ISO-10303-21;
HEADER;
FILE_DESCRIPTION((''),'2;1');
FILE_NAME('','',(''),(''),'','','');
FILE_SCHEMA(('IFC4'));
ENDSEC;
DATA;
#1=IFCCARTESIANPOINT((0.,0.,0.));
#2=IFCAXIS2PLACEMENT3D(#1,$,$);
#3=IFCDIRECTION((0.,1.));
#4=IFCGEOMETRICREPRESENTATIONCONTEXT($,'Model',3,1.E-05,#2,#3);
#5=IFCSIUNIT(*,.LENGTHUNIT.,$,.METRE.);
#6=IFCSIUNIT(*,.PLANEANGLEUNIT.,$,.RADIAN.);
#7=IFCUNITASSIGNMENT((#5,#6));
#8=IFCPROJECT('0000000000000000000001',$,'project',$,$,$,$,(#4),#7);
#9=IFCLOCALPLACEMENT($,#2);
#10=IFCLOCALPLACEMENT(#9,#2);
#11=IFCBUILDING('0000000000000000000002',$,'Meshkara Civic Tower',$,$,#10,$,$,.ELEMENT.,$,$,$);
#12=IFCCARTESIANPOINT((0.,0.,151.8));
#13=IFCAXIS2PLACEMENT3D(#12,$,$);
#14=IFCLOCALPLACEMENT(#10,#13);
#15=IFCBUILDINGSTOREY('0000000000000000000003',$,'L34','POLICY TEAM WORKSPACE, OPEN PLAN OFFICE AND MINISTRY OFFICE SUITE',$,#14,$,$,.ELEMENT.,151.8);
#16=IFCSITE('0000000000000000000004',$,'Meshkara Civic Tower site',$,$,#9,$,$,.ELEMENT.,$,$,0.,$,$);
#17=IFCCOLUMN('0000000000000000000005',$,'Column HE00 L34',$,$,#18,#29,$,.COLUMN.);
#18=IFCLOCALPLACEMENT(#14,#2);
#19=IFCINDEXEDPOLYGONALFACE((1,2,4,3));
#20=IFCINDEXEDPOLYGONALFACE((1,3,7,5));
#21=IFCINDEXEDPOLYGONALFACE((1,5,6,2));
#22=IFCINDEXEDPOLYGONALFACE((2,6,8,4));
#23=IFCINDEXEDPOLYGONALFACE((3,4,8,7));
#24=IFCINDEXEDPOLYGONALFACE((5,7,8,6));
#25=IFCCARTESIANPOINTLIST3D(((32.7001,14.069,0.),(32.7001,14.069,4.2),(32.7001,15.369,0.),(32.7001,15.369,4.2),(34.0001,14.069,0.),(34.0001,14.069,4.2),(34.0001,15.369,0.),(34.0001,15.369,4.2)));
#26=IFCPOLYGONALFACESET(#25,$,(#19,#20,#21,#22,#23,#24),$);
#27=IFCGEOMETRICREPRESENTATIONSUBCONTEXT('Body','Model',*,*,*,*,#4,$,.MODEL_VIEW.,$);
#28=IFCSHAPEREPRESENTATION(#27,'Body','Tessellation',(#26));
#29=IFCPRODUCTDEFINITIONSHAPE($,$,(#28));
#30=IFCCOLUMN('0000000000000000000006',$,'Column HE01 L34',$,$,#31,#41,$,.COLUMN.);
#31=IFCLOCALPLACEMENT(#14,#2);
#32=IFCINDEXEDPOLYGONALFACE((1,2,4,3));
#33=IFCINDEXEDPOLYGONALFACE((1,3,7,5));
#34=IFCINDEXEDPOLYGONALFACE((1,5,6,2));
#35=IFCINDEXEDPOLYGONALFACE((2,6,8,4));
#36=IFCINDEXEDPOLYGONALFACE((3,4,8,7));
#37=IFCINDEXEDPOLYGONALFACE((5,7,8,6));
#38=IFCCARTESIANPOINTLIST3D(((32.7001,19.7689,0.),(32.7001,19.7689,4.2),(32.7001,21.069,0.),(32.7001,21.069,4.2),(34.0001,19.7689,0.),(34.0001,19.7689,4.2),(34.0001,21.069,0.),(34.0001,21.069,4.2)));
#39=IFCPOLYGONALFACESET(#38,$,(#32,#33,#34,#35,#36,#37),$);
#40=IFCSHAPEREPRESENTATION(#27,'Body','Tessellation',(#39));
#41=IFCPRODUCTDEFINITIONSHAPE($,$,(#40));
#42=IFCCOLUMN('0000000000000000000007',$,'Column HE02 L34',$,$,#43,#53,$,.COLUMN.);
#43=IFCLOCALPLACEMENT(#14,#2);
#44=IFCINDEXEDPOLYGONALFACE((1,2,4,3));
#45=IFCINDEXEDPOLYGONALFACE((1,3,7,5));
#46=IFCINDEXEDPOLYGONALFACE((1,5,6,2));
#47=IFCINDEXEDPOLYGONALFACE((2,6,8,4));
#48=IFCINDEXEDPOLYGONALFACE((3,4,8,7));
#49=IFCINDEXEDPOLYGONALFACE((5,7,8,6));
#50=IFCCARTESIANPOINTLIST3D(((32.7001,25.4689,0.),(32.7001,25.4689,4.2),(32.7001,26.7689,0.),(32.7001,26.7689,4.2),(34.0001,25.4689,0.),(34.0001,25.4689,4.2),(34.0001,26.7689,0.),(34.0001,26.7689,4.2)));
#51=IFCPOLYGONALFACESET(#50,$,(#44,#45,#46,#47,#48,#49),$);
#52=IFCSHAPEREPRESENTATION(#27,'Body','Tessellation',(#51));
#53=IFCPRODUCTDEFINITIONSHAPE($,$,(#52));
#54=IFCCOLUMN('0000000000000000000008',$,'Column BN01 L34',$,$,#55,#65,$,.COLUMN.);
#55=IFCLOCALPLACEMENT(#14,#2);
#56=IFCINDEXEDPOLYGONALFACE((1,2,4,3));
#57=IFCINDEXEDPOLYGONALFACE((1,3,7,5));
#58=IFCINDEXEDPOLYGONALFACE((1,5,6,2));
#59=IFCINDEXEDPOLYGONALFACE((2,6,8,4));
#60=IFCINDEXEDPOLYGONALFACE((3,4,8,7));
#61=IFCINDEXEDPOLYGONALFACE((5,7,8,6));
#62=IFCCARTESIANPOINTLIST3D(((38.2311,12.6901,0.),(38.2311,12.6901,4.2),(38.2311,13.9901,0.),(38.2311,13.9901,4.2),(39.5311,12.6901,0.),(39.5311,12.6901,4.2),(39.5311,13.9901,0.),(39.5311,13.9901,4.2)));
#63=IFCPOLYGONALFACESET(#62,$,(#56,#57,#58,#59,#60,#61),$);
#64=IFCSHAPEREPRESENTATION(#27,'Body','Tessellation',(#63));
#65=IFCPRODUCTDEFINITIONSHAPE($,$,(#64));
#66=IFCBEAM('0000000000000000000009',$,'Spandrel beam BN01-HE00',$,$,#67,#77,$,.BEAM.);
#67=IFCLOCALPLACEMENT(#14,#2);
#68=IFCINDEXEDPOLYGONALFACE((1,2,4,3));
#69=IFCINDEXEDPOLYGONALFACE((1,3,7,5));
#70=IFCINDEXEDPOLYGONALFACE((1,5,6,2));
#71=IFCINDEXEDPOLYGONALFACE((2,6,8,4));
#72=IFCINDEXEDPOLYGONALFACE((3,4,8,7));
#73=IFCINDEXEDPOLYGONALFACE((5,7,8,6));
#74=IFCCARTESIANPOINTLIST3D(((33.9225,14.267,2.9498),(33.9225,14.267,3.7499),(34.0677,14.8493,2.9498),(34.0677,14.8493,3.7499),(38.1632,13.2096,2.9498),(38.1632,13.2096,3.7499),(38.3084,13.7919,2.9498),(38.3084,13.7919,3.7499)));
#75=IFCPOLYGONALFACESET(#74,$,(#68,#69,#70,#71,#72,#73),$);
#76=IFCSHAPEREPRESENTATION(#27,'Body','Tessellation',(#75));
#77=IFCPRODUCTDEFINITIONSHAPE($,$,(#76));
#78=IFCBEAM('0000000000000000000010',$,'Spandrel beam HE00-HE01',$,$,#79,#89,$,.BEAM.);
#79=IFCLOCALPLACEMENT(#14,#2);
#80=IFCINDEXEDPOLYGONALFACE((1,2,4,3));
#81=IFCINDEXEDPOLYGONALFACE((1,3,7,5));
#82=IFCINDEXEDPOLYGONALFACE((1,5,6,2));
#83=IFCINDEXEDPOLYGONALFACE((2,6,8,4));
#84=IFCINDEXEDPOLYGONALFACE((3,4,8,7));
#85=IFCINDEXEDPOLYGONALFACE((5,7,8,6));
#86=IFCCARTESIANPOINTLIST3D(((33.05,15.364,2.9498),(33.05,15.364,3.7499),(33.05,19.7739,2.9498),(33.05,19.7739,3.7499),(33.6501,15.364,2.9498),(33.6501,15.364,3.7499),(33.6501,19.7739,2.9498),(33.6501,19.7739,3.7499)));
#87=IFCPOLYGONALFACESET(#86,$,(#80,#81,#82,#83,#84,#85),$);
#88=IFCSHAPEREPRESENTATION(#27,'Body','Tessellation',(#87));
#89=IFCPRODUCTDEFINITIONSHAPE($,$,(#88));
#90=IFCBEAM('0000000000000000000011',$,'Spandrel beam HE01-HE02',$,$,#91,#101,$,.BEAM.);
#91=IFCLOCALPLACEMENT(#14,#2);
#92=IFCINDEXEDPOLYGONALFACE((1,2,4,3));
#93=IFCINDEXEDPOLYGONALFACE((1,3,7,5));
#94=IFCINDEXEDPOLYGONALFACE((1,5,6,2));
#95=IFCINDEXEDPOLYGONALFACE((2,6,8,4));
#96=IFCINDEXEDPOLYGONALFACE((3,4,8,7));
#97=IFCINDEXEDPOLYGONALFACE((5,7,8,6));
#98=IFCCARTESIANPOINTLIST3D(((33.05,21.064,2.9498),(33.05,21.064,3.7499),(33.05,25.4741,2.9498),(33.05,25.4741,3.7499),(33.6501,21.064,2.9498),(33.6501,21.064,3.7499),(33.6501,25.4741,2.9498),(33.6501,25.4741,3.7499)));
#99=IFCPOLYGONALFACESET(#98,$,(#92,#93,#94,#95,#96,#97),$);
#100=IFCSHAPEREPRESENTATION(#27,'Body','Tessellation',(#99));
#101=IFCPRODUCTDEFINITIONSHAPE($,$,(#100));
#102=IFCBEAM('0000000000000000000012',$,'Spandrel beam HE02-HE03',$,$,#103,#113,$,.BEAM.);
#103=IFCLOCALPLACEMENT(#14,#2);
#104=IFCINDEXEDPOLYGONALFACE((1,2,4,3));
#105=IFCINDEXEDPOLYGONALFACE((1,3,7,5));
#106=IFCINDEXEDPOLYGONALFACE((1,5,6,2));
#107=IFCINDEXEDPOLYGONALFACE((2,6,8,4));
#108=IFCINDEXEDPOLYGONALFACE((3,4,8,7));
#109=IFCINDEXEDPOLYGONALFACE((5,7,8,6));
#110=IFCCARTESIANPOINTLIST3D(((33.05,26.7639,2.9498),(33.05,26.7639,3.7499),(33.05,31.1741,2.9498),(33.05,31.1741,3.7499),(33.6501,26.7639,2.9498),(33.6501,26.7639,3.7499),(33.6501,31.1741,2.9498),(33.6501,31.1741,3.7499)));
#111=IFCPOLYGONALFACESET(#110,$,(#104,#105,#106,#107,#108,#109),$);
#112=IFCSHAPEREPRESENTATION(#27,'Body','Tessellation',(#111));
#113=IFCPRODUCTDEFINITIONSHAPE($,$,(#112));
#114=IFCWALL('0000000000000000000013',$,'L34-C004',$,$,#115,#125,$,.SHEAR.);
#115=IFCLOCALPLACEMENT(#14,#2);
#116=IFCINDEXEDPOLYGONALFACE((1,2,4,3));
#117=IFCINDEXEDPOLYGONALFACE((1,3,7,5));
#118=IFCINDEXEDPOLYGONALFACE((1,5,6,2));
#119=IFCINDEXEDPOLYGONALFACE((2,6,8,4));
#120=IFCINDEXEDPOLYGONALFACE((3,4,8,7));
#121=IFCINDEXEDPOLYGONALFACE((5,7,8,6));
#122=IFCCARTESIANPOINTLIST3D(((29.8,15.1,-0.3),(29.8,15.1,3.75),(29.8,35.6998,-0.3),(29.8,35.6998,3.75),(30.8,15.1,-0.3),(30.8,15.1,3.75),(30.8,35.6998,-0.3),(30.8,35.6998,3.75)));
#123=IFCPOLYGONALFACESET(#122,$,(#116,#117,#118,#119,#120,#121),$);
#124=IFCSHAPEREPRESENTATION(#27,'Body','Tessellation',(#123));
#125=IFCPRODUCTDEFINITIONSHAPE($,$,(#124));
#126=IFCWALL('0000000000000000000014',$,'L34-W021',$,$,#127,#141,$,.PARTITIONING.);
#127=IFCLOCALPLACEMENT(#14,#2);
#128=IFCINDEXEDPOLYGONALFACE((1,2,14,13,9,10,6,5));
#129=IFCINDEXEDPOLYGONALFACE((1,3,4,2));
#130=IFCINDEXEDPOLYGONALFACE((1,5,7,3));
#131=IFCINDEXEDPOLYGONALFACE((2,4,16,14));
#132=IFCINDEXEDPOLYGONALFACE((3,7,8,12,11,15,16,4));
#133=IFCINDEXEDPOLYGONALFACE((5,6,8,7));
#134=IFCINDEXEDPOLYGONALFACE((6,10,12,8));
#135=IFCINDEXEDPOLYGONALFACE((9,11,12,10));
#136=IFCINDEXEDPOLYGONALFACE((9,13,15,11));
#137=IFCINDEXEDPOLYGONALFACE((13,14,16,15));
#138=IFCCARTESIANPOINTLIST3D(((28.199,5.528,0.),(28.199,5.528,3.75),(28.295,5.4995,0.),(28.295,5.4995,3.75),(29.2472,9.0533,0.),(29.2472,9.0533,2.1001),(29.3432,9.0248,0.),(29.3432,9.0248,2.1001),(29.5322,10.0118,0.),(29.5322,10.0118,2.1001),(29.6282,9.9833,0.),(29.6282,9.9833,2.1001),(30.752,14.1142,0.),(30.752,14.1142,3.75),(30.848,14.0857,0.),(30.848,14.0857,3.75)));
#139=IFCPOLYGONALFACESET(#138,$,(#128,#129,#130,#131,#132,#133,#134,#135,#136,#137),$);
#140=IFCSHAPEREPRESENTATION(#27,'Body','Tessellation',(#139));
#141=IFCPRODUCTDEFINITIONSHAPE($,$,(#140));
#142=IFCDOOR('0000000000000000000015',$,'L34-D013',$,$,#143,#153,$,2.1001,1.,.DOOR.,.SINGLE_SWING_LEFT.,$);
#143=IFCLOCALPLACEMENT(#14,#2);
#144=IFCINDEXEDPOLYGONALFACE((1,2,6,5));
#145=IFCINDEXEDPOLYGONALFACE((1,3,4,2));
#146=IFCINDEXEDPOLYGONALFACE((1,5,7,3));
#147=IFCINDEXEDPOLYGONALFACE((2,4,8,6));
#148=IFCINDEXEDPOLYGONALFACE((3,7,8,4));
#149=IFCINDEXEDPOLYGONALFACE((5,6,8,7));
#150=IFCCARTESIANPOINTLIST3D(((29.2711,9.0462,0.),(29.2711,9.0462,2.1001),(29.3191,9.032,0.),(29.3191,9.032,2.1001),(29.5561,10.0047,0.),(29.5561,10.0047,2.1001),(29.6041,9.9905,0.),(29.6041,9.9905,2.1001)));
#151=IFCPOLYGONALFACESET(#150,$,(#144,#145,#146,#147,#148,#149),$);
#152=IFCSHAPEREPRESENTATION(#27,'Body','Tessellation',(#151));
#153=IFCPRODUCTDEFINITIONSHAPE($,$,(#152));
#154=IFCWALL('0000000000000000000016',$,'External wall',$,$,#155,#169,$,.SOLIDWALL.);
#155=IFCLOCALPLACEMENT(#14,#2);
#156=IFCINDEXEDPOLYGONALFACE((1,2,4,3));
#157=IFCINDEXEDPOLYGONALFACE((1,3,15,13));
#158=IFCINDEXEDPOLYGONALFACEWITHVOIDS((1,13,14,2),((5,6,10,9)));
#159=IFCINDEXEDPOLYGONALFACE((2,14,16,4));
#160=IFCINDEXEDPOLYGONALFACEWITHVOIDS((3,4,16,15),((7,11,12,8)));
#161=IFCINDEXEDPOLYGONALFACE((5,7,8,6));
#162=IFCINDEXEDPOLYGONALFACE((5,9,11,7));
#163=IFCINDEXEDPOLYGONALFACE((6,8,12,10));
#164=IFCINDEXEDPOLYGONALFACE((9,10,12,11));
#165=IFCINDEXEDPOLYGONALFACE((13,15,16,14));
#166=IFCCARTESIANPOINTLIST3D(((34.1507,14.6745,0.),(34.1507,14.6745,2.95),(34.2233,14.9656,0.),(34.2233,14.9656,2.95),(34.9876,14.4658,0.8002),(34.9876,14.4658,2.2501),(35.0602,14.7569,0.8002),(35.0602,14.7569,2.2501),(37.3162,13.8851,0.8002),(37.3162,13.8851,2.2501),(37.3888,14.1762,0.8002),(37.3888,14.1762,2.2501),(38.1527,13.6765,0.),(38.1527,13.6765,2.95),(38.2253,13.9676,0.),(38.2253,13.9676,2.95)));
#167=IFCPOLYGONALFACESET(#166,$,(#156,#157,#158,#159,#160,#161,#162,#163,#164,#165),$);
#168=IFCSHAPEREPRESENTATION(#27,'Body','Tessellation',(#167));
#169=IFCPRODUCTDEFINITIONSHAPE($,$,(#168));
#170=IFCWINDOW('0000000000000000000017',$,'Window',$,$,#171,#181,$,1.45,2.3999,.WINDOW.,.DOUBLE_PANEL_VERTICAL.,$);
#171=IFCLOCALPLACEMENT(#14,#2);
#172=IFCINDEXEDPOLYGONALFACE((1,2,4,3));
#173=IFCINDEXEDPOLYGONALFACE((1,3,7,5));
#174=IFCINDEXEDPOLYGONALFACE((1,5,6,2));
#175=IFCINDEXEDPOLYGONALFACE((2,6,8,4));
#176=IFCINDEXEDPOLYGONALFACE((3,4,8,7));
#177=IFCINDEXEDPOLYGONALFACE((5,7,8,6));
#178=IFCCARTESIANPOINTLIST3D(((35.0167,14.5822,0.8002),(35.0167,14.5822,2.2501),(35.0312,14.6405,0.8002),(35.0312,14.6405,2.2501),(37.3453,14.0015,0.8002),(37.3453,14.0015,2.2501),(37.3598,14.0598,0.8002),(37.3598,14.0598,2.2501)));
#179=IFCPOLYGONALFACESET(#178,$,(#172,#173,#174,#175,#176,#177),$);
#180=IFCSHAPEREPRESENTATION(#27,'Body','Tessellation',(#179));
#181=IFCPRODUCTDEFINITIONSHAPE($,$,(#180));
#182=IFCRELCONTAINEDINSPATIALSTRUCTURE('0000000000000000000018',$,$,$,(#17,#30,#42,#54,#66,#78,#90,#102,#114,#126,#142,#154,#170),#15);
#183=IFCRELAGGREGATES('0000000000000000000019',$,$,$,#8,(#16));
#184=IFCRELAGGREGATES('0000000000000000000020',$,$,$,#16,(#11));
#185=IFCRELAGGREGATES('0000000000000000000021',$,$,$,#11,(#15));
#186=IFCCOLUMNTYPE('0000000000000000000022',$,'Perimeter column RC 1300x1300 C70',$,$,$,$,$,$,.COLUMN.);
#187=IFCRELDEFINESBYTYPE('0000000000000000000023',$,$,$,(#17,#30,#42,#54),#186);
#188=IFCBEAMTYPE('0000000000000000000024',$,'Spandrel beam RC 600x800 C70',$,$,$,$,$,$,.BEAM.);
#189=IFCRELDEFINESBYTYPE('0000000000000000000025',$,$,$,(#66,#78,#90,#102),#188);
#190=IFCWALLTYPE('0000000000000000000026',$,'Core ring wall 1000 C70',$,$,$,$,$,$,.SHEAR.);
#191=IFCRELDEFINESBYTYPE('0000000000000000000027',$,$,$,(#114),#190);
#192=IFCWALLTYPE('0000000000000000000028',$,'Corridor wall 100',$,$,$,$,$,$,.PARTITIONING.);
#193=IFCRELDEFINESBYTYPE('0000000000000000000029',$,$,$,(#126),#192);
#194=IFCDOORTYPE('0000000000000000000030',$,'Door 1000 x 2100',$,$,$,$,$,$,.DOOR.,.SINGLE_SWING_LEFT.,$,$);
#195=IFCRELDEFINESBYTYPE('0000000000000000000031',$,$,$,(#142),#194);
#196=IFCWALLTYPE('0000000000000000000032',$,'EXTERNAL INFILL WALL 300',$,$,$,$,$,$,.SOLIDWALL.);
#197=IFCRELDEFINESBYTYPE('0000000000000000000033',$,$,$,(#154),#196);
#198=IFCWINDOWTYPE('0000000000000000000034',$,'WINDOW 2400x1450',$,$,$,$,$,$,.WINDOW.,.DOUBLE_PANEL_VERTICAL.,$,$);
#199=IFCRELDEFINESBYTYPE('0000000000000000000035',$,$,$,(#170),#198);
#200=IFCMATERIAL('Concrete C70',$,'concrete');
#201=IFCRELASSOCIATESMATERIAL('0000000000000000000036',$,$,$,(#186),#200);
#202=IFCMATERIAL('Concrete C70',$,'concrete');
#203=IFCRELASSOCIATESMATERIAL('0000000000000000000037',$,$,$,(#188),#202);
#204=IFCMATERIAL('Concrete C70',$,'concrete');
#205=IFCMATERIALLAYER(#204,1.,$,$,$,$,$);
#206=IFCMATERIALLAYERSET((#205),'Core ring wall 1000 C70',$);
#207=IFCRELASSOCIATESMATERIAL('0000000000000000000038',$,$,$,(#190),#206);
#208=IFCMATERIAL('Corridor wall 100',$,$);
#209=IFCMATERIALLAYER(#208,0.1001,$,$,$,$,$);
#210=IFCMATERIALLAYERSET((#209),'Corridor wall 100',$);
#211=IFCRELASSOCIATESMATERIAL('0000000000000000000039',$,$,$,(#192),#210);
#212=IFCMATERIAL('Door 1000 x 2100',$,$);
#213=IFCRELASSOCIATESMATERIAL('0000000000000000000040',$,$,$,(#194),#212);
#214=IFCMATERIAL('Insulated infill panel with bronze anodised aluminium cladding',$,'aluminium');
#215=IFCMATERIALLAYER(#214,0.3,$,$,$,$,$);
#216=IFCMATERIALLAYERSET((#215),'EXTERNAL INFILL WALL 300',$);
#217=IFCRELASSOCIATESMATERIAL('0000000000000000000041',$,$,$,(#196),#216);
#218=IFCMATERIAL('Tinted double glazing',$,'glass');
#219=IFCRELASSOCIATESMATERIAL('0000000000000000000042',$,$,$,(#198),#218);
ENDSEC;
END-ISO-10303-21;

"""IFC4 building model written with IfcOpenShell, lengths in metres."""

from ifc_helpers import new_model, si_unit, direction, frame, frame_2d, origin, origin_2d, place, context, subcontext, project, spatial, rectangle, extrude, material, layer, layer_set, material_profile, profile_set, type_object, element, fill, save


model = new_model("IFC4")

# Units and contexts
model_context = context("Model", 3, precision=1e-05, world=origin(), true_north=direction((0.0, 1.0)))
body_context = subcontext(model_context, "Body", "Model", "MODEL_VIEW")
ifc_project = project(units=[si_unit("LENGTHUNIT", "METRE"), si_unit("PLANEANGLEUNIT", "RADIAN")], contexts=[model_context])

# Site, building, storey
site_placement = place(None, origin())
site = spatial("IfcSite", under=ifc_project, at=site_placement, Name="Meshkara Civic Tower site", CompositionType="ELEMENT", RefElevation=0.0)
building_placement = place(site_placement, origin())
building = spatial("IfcBuilding", under=site, at=building_placement, Name="Meshkara Civic Tower", CompositionType="ELEMENT")
storey_placement = place(building_placement, frame((0.0, 0.0, 151.8)))
storey = spatial("IfcBuildingStorey", under=building, at=storey_placement, Name="L34", Description="POLICY TEAM WORKSPACE, OPEN PLAN OFFICE AND MINISTRY OFFICE SUITE", CompositionType="ELEMENT", Elevation=151.8)

# Columns
ifc_material_1 = material(Name="Concrete C70", Category="concrete")
ifc_material_profile_1 = material_profile(ifc_material_1, rectangle(XDim=1.3, YDim=1.3, at=origin_2d()))
ifc_profile_set_1 = profile_set([ifc_material_profile_1], Name="Concrete C70")
column_type = type_object("IfcColumnType", Name="Perimeter column RC 1300x1300 C70", PredefinedType="COLUMN", material=ifc_profile_set_1)
for number, where, z_axis, x_axis, name in (
    (1, (33.3501, 14.719, 0.0), (0.0, 0.0, 1.0), (1.0, 0.0, 0.0), "Column HE00 L34"),
    (2, (33.3501, 20.4189, 0.0), (0.0, 0.0, 1.0), (1.0, 0.0, 0.0), "Column HE01 L34"),
    (3, (33.3501, 26.1189, 0.0), (0.0, 0.0, 1.0), (1.0, 0.0, 0.0), "Column HE02 L34"),
    (4, (38.8811, 13.3401, 0.0), (0.0, 0.0, 1.0), (1.0, 0.0, 0.0), "Column BN01 L34"),
):
    element("IfcColumn", number, at=place(storey_placement, frame(where, z_axis=z_axis, x_axis=x_axis)), inside=storey, type_object=column_type, Name=name, PredefinedType="COLUMN", context=body_context, shape_type="SweptSolid", body=[
        extrude(rectangle(XDim=1.3, YDim=1.3, at=origin_2d()), origin(), (0.0, 0.0, 1.0), 4.2),
    ])

# Beams
ifc_material_2 = material(Name="Concrete C70", Category="concrete")
ifc_material_profile_2 = material_profile(ifc_material_2, rectangle(XDim=0.6001, YDim=0.8, at=origin_2d()))
ifc_profile_set_2 = profile_set([ifc_material_profile_2], Name="Concrete C70")
beam_type = type_object("IfcBeamType", Name="Spandrel beam RC 600x800 C70", PredefinedType="BEAM", material=ifc_profile_set_2)
beam_1_placement = place(storey_placement, frame((38.2358, 13.5007, 3.3499), z_axis=(-0.970293, 0.241931, 0.0), x_axis=(-0.241931, -0.970293, 0.0)))
element("IfcBeam", 5, at=beam_1_placement, inside=storey, type_object=beam_type, Name="Spandrel beam BN01-HE00", PredefinedType="BEAM", context=body_context, shape_type="SweptSolid", body=[
    extrude(rectangle(XDim=0.6001, YDim=0.8, at=origin_2d()), origin(), (0.0, 0.0, 1.0), 4.3706),
])
beam_2_placement = place(storey_placement, frame((33.3501, 15.364, 3.3499), z_axis=(0.0, 1.0, 0.0), x_axis=(-1.0, 0.0, 0.0)))
element("IfcBeam", 6, at=beam_2_placement, inside=storey, type_object=beam_type, Name="Spandrel beam HE00-HE01", PredefinedType="BEAM", context=body_context, shape_type="SweptSolid", body=[
    extrude(rectangle(XDim=0.6001, YDim=0.8, at=origin_2d()), origin(), (0.0, 0.0, 1.0), 4.4099),
])
for number, where, z_axis, x_axis, name in (
    (7, (33.3501, 21.064, 3.3499), (0.0, 1.0, 0.0), (-1.0, 0.0, 0.0), "Spandrel beam HE01-HE02"),
    (8, (33.3501, 26.7639, 3.3499), (0.0, 1.0, 0.0), (-1.0, 0.0, 0.0), "Spandrel beam HE02-HE03"),
):
    element("IfcBeam", number, at=place(storey_placement, frame(where, z_axis=z_axis, x_axis=x_axis)), inside=storey, type_object=beam_type, Name=name, PredefinedType="BEAM", context=body_context, shape_type="SweptSolid", body=[
        extrude(rectangle(XDim=0.6001, YDim=0.8, at=origin_2d()), origin(), (0.0, 0.0, 1.0), 4.4102),
    ])

# Wall
ifc_material_3 = material(Name="Concrete C70", Category="concrete")
ifc_layer_1 = layer(ifc_material_3, 1.0)
ifc_layer_set_1 = layer_set([ifc_layer_1], Name="Core ring wall 1000 C70")
wall_type_1 = type_object("IfcWallType", Name="Core ring wall 1000 C70", PredefinedType="SHEAR", material=ifc_layer_set_1)
wall_1_placement = place(storey_placement, frame((30.3, 15.1001, -0.3), z_axis=(0.0, 0.0, 1.0), x_axis=(0.0, 1.0, 0.0)))
element("IfcWall", 9, at=wall_1_placement, inside=storey, type_object=wall_type_1, Name="L34-C004", PredefinedType="SHEAR", context=body_context, shape_type="SweptSolid", body=[
    extrude(rectangle(XDim=20.5999, YDim=1.0, at=frame_2d((10.2998, 0.0))), origin(), (0.0, 0.0, 1.0), 4.05),
])

# Wall, opening, door
ifc_material_4 = material(Name="Corridor wall 100")
ifc_layer_2 = layer(ifc_material_4, 0.1001)
ifc_layer_set_2 = layer_set([ifc_layer_2], Name="Corridor wall 100")
wall_type_2 = type_object("IfcWallType", Name="Corridor wall 100", PredefinedType="PARTITIONING", material=ifc_layer_set_2)
wall_2_placement = place(storey_placement, frame((30.8, 14.1001, 0.0), z_axis=(0.0, 0.0, 1.0), x_axis=(-0.285004, -0.958526, 0.0)))
wall_2 = element("IfcWall", 10, at=wall_2_placement, inside=storey, type_object=wall_type_2, Name="L34-W021", PredefinedType="PARTITIONING", context=body_context, shape_type="SweptSolid", body=[
    extrude(rectangle(XDim=8.9578, YDim=0.1001, at=frame_2d((4.479, 0.0))), origin(), (0.0, 0.0, 1.0), 3.75),
])
opening_1_placement = place(wall_2_placement, frame((4.28, 0.0, 0.0)))
opening_1 = element("IfcOpeningElement", 11, at=opening_1_placement, cuts=wall_2, PredefinedType="OPENING", context=body_context, shape_type="SweptSolid", body=[
    extrude(rectangle(XDim=1.0, YDim=2.1001, at=frame_2d((0.5, 1.05))), frame((0.0, 0.0601, 0.0), z_axis=(0.0, -1.0, 0.0), x_axis=(1.0, 0.0, 0.0)), (0.0, 0.0, 1.0), 0.1201),
])
ifc_material_5 = material(Name="Door 1000 x 2100")
door_type_1 = type_object("IfcDoorType", Name="Door 1000 x 2100", OperationType="SINGLE_SWING_LEFT", PredefinedType="DOOR", material=ifc_material_5)
door_1_placement = place(opening_1_placement, origin())
door_1 = element("IfcDoor", 12, at=door_1_placement, inside=storey, type_object=door_type_1, Name="L34-D013", OperationType="SINGLE_SWING_LEFT", OverallHeight=2.1001, OverallWidth=1.0, PredefinedType="DOOR", context=body_context, shape_type="SweptSolid", body=[
    extrude(rectangle(XDim=1.0, YDim=2.1001, at=frame_2d((0.5, 1.05))), frame((0.0, 0.0249, 0.0), z_axis=(0.0, -1.0, 0.0), x_axis=(1.0, 0.0, 0.0)), (0.0, 0.0, 1.0), 0.05),
])
fill(opening_1, door_1)

# Wall, opening, window
ifc_material_6 = material(Name="Insulated infill panel with bronze anodised aluminium cladding", Category="aluminium")
ifc_layer_3 = layer(ifc_material_6, 0.3)
ifc_layer_set_3 = layer_set([ifc_layer_3], Name="EXTERNAL INFILL WALL 300")
wall_type_3 = type_object("IfcWallType", Name="EXTERNAL INFILL WALL 300", PredefinedType="SOLIDWALL", material=ifc_layer_set_3)
wall_3_placement = place(storey_placement, frame((38.189, 13.822, 0.0), z_axis=(0.0, 0.0, 1.0), x_axis=(-0.970282, 0.241978, 0.0)))
wall_3 = element("IfcWall", 13, at=wall_3_placement, inside=storey, type_object=wall_type_3, Name="External wall", PredefinedType="SOLIDWALL", context=body_context, shape_type="SweptSolid", body=[
    extrude(rectangle(XDim=4.1245, YDim=0.3, at=frame_2d((2.0623, 0.0))), origin(), (0.0, 0.0, 1.0), 2.95),
])
opening_2_placement = place(wall_3_placement, frame((0.8621, 0.0, 0.8)))
opening_2 = element("IfcOpeningElement", 14, at=opening_2_placement, cuts=wall_3, PredefinedType="OPENING", context=body_context, shape_type="SweptSolid", body=[
    extrude(rectangle(XDim=2.3999, YDim=1.45, at=frame_2d((1.2, 0.7251))), frame((0.0, 0.1599, 0.0), z_axis=(0.0, -1.0, 0.0), x_axis=(1.0, 0.0, 0.0)), (0.0, 0.0, 1.0), 0.3201),
])
ifc_material_7 = material(Name="Tinted double glazing", Category="glass")
window_type = type_object("IfcWindowType", Name="WINDOW 2400x1450", PartitioningType="DOUBLE_PANEL_VERTICAL", PredefinedType="WINDOW", material=ifc_material_7)
window_1_placement = place(opening_2_placement, origin())
window_1 = element("IfcWindow", 15, at=window_1_placement, inside=storey, type_object=window_type, Name="Window", OverallHeight=1.45, OverallWidth=2.3999, PartitioningType="DOUBLE_PANEL_VERTICAL", PredefinedType="WINDOW", context=body_context, shape_type="SweptSolid", body=[
    extrude(rectangle(XDim=2.3999, YDim=1.45, at=frame_2d((1.2, 0.7251))), frame((0.0, 0.03, 0.0), z_axis=(0.0, -1.0, 0.0), x_axis=(1.0, 0.0, 0.0)), (0.0, 0.0, 1.0), 0.0601),
])
fill(opening_2, window_1)

save(model, "model.ifc")
